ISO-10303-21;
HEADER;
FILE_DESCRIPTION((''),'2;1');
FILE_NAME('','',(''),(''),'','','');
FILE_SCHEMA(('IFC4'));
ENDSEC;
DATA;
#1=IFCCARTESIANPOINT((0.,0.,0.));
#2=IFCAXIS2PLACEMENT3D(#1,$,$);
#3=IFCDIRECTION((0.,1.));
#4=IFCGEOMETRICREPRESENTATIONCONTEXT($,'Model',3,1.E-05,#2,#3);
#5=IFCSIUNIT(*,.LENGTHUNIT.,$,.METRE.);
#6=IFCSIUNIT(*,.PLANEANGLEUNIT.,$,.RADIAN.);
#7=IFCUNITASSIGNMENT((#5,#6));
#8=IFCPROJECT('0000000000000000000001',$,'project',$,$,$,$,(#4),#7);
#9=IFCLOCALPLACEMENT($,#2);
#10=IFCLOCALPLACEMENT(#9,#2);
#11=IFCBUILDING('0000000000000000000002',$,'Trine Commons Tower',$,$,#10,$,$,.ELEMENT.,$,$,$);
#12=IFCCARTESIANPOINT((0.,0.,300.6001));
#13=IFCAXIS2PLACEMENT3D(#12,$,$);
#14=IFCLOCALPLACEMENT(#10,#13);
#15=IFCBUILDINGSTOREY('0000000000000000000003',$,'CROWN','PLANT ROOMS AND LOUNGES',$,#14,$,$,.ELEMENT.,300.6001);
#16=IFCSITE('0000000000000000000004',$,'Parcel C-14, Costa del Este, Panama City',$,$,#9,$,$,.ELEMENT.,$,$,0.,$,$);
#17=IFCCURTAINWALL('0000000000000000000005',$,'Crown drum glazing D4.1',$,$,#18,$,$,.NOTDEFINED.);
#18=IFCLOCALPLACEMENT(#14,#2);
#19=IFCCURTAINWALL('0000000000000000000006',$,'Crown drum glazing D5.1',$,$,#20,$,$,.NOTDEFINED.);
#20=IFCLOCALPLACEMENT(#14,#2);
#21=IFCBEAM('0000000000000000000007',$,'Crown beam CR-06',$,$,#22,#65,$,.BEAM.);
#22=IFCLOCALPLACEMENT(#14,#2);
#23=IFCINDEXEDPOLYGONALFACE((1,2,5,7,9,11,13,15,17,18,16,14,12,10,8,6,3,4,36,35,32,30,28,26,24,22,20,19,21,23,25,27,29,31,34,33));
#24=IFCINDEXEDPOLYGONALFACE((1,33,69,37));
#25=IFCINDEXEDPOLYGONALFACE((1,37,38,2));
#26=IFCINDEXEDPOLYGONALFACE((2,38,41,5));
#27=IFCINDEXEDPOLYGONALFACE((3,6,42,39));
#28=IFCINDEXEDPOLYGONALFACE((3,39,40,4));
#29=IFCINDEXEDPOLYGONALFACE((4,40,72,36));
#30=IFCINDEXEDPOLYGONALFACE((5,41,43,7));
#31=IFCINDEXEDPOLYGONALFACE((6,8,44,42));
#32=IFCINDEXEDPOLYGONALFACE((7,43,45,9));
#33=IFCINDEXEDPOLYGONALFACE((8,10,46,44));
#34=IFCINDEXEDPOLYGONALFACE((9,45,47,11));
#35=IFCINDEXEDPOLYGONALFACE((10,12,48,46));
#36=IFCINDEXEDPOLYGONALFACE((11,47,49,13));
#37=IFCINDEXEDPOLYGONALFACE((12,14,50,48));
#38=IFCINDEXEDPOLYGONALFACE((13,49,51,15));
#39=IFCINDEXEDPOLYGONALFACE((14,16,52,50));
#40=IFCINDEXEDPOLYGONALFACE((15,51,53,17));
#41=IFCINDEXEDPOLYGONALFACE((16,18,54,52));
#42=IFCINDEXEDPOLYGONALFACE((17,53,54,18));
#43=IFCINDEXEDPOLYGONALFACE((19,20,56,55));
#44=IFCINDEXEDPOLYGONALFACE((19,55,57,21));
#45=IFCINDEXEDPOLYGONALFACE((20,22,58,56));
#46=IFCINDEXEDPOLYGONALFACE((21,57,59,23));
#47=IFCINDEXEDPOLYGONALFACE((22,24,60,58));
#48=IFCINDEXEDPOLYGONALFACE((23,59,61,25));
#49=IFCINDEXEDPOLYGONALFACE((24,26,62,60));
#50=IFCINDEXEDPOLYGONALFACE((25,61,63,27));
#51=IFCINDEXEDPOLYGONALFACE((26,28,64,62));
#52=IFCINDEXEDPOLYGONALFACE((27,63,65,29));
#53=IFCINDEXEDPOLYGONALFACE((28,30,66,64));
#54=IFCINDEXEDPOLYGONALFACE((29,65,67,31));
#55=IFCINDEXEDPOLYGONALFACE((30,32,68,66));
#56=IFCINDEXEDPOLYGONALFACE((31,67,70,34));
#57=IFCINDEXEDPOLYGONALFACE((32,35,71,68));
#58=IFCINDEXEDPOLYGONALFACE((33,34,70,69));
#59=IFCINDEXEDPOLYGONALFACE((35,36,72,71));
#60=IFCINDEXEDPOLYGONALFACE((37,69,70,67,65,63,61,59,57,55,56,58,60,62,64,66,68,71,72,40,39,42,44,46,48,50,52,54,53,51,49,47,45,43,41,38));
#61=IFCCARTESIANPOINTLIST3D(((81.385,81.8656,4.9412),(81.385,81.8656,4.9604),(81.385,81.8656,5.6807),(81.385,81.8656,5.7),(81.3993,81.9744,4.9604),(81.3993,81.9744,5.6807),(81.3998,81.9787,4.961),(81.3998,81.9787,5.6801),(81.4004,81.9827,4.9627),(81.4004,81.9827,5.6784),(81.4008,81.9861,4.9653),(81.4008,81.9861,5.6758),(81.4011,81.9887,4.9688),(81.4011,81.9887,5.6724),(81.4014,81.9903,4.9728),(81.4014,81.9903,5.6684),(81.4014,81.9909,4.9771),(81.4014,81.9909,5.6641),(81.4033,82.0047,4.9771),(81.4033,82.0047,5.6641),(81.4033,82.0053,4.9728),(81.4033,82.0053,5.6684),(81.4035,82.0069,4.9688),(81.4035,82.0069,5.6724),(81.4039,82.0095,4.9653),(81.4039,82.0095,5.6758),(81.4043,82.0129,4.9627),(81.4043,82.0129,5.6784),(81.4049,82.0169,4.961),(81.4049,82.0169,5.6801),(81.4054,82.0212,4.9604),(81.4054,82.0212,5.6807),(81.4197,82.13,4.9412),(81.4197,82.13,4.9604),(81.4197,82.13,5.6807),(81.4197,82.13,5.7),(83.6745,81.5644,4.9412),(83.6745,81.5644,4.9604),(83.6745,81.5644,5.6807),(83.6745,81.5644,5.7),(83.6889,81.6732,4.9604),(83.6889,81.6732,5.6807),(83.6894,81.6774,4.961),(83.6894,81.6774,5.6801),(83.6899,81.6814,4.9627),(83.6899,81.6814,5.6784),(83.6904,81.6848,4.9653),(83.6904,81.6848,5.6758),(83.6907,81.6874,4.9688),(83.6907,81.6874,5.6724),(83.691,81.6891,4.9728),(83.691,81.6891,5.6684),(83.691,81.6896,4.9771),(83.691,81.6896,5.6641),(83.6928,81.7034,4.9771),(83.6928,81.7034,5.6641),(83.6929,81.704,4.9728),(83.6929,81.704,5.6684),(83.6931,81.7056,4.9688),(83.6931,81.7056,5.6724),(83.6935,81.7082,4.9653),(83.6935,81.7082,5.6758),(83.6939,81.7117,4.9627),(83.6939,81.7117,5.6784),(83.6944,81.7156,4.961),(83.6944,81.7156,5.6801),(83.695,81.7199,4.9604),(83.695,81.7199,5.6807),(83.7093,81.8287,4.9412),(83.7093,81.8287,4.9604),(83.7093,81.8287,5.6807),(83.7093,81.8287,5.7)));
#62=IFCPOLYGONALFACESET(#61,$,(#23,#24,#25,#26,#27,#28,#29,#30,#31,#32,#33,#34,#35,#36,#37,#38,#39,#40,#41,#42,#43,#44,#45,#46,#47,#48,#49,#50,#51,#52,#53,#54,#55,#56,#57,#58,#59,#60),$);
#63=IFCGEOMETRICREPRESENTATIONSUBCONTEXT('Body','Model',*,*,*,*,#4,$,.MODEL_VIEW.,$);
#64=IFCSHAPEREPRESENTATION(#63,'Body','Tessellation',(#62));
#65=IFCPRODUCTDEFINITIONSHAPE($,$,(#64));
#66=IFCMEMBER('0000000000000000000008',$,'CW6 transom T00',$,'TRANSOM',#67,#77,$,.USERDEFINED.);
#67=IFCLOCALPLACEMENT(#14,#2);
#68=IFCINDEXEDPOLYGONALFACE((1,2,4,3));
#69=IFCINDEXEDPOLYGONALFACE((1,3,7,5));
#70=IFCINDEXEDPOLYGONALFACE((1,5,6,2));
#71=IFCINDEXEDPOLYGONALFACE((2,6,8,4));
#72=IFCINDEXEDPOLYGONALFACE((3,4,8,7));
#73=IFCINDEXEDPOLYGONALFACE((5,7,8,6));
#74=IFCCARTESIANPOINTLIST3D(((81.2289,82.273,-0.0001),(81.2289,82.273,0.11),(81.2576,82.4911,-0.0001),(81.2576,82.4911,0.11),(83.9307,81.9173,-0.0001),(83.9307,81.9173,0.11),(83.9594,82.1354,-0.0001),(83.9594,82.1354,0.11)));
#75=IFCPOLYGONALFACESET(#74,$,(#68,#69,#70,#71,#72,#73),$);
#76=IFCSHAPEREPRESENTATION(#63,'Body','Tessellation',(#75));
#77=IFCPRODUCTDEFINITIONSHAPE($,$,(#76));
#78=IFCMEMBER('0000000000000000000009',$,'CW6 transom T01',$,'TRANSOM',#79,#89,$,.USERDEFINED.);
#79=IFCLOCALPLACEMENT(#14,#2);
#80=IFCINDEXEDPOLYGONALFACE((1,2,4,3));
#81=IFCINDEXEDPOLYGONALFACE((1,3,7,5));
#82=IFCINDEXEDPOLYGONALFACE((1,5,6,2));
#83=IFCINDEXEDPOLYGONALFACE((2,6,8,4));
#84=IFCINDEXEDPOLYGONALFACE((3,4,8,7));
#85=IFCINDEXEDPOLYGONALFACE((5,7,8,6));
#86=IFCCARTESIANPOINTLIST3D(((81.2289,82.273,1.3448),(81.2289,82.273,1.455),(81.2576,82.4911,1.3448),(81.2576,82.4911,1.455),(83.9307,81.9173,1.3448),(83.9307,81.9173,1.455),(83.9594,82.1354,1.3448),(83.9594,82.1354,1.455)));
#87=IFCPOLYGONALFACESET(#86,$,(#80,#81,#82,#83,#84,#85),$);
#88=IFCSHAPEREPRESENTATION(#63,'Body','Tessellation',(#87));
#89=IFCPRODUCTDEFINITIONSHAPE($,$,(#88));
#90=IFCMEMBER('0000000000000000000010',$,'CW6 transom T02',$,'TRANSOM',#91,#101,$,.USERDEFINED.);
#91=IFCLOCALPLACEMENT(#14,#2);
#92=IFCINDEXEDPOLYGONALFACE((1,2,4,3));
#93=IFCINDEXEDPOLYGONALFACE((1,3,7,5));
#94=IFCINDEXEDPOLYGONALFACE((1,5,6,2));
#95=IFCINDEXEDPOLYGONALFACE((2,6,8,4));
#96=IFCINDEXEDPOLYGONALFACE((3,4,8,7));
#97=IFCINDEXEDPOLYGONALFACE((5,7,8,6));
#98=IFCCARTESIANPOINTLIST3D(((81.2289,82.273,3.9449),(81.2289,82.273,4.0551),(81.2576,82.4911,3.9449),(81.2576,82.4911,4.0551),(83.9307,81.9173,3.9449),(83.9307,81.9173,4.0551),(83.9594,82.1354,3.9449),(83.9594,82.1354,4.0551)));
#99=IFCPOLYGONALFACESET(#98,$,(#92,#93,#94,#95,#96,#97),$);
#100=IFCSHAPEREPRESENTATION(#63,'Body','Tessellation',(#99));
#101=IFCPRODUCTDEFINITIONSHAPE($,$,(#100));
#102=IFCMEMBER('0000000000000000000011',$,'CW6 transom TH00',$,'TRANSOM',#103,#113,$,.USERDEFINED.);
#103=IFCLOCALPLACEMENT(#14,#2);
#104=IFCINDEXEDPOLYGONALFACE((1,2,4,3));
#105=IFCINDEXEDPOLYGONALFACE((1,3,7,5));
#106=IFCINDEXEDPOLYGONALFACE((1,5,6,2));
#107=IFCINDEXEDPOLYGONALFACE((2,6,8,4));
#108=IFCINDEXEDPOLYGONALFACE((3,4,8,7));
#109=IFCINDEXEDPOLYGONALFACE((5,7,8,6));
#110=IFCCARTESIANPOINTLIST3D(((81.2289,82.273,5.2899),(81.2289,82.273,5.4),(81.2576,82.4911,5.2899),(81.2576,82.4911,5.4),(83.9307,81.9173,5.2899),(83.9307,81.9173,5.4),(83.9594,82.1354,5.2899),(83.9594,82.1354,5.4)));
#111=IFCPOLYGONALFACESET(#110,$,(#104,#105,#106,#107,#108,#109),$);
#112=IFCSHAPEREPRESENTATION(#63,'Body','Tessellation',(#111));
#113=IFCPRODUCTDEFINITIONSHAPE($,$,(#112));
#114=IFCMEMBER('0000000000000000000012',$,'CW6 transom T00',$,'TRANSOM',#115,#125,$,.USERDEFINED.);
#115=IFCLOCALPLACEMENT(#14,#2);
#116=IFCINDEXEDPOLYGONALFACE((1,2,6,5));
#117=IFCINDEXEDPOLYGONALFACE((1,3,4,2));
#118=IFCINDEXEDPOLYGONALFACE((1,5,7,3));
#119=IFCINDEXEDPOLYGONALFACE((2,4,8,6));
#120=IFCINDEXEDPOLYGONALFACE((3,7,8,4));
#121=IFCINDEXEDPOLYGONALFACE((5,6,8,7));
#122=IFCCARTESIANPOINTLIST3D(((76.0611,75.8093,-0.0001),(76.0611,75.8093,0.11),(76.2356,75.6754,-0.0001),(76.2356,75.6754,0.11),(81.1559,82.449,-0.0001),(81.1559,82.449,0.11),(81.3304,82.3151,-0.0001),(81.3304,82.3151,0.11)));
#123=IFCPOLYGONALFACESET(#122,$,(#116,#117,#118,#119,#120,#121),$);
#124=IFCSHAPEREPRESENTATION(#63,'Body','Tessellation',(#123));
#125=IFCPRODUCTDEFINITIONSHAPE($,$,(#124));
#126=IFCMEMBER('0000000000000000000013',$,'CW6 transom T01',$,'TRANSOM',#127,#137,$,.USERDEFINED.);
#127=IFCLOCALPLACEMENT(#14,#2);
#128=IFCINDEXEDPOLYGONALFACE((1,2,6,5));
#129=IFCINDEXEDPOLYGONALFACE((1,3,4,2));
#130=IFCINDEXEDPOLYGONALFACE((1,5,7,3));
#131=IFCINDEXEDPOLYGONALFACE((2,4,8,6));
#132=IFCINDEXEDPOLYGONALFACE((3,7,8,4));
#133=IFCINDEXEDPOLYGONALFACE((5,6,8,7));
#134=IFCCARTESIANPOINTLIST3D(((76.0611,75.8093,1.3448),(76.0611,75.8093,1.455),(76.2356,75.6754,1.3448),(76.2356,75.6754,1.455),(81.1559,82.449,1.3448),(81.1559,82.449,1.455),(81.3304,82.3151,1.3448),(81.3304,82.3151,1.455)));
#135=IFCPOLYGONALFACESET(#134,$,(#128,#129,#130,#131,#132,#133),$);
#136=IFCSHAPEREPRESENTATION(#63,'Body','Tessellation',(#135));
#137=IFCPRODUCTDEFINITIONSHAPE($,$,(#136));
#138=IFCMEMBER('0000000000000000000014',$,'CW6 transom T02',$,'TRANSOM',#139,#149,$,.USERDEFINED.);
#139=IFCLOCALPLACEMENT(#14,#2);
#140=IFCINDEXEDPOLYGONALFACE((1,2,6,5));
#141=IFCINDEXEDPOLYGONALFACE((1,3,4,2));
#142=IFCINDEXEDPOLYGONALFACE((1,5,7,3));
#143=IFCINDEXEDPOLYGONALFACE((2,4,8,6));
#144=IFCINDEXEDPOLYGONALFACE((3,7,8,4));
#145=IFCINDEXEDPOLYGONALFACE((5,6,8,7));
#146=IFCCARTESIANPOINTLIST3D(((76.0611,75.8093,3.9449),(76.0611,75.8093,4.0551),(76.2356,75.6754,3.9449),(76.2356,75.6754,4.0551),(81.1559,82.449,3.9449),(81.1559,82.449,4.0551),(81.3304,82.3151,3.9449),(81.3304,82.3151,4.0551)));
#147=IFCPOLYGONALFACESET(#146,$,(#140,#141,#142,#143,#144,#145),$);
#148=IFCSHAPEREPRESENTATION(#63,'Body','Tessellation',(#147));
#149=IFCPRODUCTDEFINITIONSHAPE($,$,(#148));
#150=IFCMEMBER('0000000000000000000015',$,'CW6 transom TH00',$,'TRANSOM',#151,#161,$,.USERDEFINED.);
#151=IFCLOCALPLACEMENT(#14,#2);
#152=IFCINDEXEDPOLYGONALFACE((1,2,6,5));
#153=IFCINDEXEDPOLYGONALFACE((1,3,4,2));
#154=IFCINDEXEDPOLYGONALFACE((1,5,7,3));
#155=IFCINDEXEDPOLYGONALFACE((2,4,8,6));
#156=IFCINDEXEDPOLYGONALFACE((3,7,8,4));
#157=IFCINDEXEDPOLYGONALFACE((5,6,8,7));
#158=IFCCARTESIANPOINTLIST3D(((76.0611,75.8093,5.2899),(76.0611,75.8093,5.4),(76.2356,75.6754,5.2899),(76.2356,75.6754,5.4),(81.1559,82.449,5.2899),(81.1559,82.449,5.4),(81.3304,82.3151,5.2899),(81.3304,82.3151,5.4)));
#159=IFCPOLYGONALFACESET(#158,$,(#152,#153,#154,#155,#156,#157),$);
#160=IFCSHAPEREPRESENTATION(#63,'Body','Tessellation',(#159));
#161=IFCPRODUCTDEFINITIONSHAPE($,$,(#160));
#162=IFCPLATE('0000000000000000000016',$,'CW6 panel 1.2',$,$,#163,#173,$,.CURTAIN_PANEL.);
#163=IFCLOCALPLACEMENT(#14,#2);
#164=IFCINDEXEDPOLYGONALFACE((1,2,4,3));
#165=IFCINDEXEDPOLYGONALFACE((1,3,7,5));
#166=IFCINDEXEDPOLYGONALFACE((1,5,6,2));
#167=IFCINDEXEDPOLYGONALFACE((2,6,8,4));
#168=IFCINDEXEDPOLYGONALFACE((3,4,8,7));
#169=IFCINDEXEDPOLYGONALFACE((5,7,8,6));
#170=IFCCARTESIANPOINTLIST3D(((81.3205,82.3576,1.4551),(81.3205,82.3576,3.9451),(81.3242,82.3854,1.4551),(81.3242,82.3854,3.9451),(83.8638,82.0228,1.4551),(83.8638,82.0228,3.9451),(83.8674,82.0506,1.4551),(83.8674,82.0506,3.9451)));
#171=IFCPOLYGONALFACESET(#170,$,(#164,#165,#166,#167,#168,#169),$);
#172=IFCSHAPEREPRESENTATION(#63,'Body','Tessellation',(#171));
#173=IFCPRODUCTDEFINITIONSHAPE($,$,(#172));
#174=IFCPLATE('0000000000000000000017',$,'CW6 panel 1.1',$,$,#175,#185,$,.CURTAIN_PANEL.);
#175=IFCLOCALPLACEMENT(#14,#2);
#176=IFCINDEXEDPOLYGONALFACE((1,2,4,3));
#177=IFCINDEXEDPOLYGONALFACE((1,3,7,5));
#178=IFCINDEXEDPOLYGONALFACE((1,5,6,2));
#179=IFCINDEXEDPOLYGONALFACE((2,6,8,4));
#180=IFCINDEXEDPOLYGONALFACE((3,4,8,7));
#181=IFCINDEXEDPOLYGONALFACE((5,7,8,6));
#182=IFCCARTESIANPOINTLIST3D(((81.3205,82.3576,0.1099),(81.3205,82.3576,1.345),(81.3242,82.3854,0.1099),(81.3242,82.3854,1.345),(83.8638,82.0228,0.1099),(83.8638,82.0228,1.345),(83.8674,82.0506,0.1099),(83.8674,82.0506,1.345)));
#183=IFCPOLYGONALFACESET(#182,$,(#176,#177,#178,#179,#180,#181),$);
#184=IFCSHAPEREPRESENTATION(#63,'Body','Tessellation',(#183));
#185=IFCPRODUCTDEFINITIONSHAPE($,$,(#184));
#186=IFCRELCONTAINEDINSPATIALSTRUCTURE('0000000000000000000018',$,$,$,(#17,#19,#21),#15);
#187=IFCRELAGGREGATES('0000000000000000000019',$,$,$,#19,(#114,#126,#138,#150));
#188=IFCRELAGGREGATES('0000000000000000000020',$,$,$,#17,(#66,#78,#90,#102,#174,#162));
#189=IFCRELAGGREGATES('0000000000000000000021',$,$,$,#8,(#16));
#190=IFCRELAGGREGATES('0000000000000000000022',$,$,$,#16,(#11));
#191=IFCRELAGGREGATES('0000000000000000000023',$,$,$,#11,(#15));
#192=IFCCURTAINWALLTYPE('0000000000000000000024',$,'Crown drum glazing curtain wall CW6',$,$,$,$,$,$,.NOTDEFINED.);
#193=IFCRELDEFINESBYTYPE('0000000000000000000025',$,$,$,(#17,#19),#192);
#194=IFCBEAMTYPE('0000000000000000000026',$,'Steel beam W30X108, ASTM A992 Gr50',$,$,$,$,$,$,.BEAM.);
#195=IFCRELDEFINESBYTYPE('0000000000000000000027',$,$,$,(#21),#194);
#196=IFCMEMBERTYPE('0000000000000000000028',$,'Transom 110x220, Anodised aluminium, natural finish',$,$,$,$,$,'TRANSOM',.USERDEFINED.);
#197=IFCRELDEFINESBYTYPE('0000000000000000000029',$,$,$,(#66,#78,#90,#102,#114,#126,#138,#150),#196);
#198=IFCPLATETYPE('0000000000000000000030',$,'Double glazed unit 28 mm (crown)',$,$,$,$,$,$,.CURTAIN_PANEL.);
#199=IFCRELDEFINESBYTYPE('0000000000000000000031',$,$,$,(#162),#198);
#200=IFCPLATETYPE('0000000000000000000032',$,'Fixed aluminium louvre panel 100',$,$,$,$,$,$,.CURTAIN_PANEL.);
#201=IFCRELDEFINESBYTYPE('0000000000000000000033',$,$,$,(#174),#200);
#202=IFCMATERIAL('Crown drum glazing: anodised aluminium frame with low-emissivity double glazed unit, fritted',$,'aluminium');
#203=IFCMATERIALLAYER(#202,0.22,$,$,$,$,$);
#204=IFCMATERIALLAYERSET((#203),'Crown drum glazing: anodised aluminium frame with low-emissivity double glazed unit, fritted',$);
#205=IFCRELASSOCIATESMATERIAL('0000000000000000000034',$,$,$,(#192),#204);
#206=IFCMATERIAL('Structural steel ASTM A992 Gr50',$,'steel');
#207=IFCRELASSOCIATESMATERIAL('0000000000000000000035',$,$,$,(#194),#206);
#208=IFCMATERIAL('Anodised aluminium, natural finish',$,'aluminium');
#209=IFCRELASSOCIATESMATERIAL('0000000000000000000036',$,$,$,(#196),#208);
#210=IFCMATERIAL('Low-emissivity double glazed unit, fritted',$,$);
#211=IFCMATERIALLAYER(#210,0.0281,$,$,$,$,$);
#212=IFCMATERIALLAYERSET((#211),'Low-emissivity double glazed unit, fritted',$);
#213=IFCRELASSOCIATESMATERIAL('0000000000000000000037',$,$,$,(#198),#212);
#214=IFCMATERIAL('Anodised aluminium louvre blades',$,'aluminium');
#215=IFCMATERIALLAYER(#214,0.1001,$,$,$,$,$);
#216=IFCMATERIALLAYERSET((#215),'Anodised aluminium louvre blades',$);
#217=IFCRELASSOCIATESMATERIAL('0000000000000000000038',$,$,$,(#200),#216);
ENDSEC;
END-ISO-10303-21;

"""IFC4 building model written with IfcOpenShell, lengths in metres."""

from ifc_helpers import new_model, si_unit, direction, frame, origin, origin_2d, place, context, subcontext, project, spatial, rectangle, i_section, extrude, material, layer, layer_set, material_profile, profile_set, type_object, element, aggregate, save


model = new_model("IFC4")

# Units and contexts
model_context = context("Model", 3, precision=1e-05, world=origin(), true_north=direction((0.0, 1.0)))
body_context = subcontext(model_context, "Body", "Model", "MODEL_VIEW")
ifc_project = project(units=[si_unit("LENGTHUNIT", "METRE"), si_unit("PLANEANGLEUNIT", "RADIAN")], contexts=[model_context])

# Site, building, storey
site_placement = place(None, origin())
site = spatial("IfcSite", under=ifc_project, at=site_placement, Name="Parcel C-14, Costa del Este, Panama City", CompositionType="ELEMENT", RefElevation=0.0)
building_placement = place(site_placement, origin())
building = spatial("IfcBuilding", under=site, at=building_placement, Name="Trine Commons Tower", CompositionType="ELEMENT")
storey_placement = place(building_placement, frame((0.0, 0.0, 300.6001)))
storey = spatial("IfcBuildingStorey", under=building, at=storey_placement, Name="CROWN", Description="PLANT ROOMS AND LOUNGES", CompositionType="ELEMENT", Elevation=300.6001)

# Shared definitions
ifc_material_1 = material(Name="Structural steel ASTM A992 Gr50", Category="steel")

# Shared definitions
ifc_material_2 = material(Name="Crown drum glazing: anodised aluminium frame with low-emissivity double glazed unit, fritted", Category="aluminium")
ifc_layer_1 = layer(ifc_material_2, 0.22)
ifc_layer_set_1 = layer_set([ifc_layer_1], Name="Crown drum glazing: anodised aluminium frame with low-emissivity double glazed unit, fritted")
curtain_wall_type = type_object("IfcCurtainWallType", Name="Crown drum glazing curtain wall CW6", PredefinedType="NOTDEFINED", material=ifc_layer_set_1)
ifc_material_3 = material(Name="Anodised aluminium, natural finish", Category="aluminium")

# Curtain walls
curtain_wall_1_placement = place(storey_placement, origin())
curtain_wall_1 = element("IfcCurtainWall", 1, at=curtain_wall_1_placement, inside=storey, type_object=curtain_wall_type, Name="Crown drum glazing D4.1", PredefinedType="NOTDEFINED")
curtain_wall_2_placement = place(storey_placement, origin())
curtain_wall_2 = element("IfcCurtainWall", 2, at=curtain_wall_2_placement, inside=storey, type_object=curtain_wall_type, Name="Crown drum glazing D5.1", PredefinedType="NOTDEFINED")

# Beam
ifc_material_profile_1 = material_profile(ifc_material_1, i_section(OverallWidth=0.2666, OverallDepth=0.7588, WebThickness=0.0139, FlangeThickness=0.0193, FilletRadius=0.0166, at=origin_2d()), Name="W30X108")
ifc_profile_set_1 = profile_set([ifc_material_profile_1], Name="Structural steel ASTM A992 Gr50")
beam_type_1 = type_object("IfcBeamType", Name="Steel beam W30X108, ASTM A992 Gr50", PredefinedType="BEAM", material=ifc_profile_set_1)
beam_1_placement = place(storey_placement, frame((81.4023, 81.9978, 5.3206), z_axis=(0.991454, -0.13046, 0.0), x_axis=(0.13046, 0.991454, 0.0)))
element("IfcBeam", 3, at=beam_1_placement, inside=storey, type_object=beam_type_1, Name="Crown beam CR-06", PredefinedType="BEAM", context=body_context, shape_type="SweptSolid", body=[
    extrude(i_section(OverallWidth=0.2666, OverallDepth=0.7588, WebThickness=0.0139, FlangeThickness=0.0193, FilletRadius=0.0166, at=origin_2d()), origin(), (0.0, 0.0, 1.0), 2.3093),
])

# Members
ifc_material_profile_2 = material_profile(ifc_material_3, rectangle(XDim=0.22, YDim=0.1101, at=origin_2d()), Name="Transom 110x220")
ifc_profile_set_2 = profile_set([ifc_material_profile_2], Name="Anodised aluminium, natural finish")
member_type_1 = type_object("IfcMemberType", Name="Transom 110x220, Anodised aluminium, natural finish", ElementType="TRANSOM", PredefinedType="USERDEFINED", material=ifc_profile_set_2)
member_1_placement = place(storey_placement, frame((83.9451, 82.0264, 0.0549), z_axis=(-0.991445, 0.130526, 0.0), x_axis=(-0.130526, -0.991445, 0.0)))
member_1 = element("IfcMember", 4, at=member_1_placement, type_object=member_type_1, Name="CW6 transom T00", ObjectType="TRANSOM", PredefinedType="USERDEFINED", context=body_context, shape_type="SweptSolid", body=[
    extrude(rectangle(XDim=0.22, YDim=0.1101, at=origin_2d()), origin(), (0.0, 0.0, 1.0), 2.7251),
])
member_2_placement = place(storey_placement, frame((83.9451, 82.0264, 1.3999), z_axis=(-0.991445, 0.130526, 0.0), x_axis=(-0.130526, -0.991445, 0.0)))
member_2 = element("IfcMember", 5, at=member_2_placement, type_object=member_type_1, Name="CW6 transom T01", ObjectType="TRANSOM", PredefinedType="USERDEFINED", context=body_context, shape_type="SweptSolid", body=[
    extrude(rectangle(XDim=0.22, YDim=0.1101, at=origin_2d()), origin(), (0.0, 0.0, 1.0), 2.7251),
])
member_3_placement = place(storey_placement, frame((83.9451, 82.0264, 4.0), z_axis=(-0.991445, 0.130526, 0.0), x_axis=(-0.130526, -0.991445, 0.0)))
member_3 = element("IfcMember", 6, at=member_3_placement, type_object=member_type_1, Name="CW6 transom T02", ObjectType="TRANSOM", PredefinedType="USERDEFINED", context=body_context, shape_type="SweptSolid", body=[
    extrude(rectangle(XDim=0.22, YDim=0.1101, at=origin_2d()), origin(), (0.0, 0.0, 1.0), 2.7251),
])
member_4_placement = place(storey_placement, frame((83.9451, 82.0264, 5.345), z_axis=(-0.991445, 0.130526, 0.0), x_axis=(-0.130526, -0.991445, 0.0)))
member_4 = element("IfcMember", 7, at=member_4_placement, type_object=member_type_1, Name="CW6 transom TH00", ObjectType="TRANSOM", PredefinedType="USERDEFINED", context=body_context, shape_type="SweptSolid", body=[
    extrude(rectangle(XDim=0.22, YDim=0.1101, at=origin_2d()), origin(), (0.0, 0.0, 1.0), 2.7251),
])
member_5_placement = place(storey_placement, frame((81.2432, 82.3821, 0.0549), z_axis=(-0.608757, -0.793357, 0.0), x_axis=(0.793357, -0.608757, 0.0)))
member_5 = element("IfcMember", 8, at=member_5_placement, type_object=member_type_1, Name="CW6 transom T00", ObjectType="TRANSOM", PredefinedType="USERDEFINED", context=body_context, shape_type="SweptSolid", body=[
    extrude(rectangle(XDim=0.22, YDim=0.1101, at=origin_2d()), origin(), (0.0, 0.0, 1.0), 8.3691),
])
member_6_placement = place(storey_placement, frame((81.2432, 82.3821, 1.3999), z_axis=(-0.608757, -0.793357, 0.0), x_axis=(0.793357, -0.608757, 0.0)))
member_6 = element("IfcMember", 9, at=member_6_placement, type_object=member_type_1, Name="CW6 transom T01", ObjectType="TRANSOM", PredefinedType="USERDEFINED", context=body_context, shape_type="SweptSolid", body=[
    extrude(rectangle(XDim=0.22, YDim=0.1101, at=origin_2d()), origin(), (0.0, 0.0, 1.0), 8.3691),
])
member_7_placement = place(storey_placement, frame((81.2432, 82.3821, 4.0), z_axis=(-0.608757, -0.793357, 0.0), x_axis=(0.793357, -0.608757, 0.0)))
member_7 = element("IfcMember", 10, at=member_7_placement, type_object=member_type_1, Name="CW6 transom T02", ObjectType="TRANSOM", PredefinedType="USERDEFINED", context=body_context, shape_type="SweptSolid", body=[
    extrude(rectangle(XDim=0.22, YDim=0.1101, at=origin_2d()), origin(), (0.0, 0.0, 1.0), 8.3691),
])
member_8_placement = place(storey_placement, frame((81.2432, 82.3821, 5.345), z_axis=(-0.608757, -0.793357, 0.0), x_axis=(0.793357, -0.608757, 0.0)))
member_8 = element("IfcMember", 11, at=member_8_placement, type_object=member_type_1, Name="CW6 transom TH00", ObjectType="TRANSOM", PredefinedType="USERDEFINED", context=body_context, shape_type="SweptSolid", body=[
    extrude(rectangle(XDim=0.22, YDim=0.1101, at=origin_2d()), origin(), (0.0, 0.0, 1.0), 8.3691),
])
aggregate(curtain_wall_2, [member_5, member_6, member_7, member_8])

# Plates
ifc_material_4 = material(Name="Low-emissivity double glazed unit, fritted")
ifc_layer_2 = layer(ifc_material_4, 0.0281)
ifc_layer_set_2 = layer_set([ifc_layer_2], Name="Low-emissivity double glazed unit, fritted")
plate_type_1 = type_object("IfcPlateType", Name="Double glazed unit 28 mm (crown)", PredefinedType="CURTAIN_PANEL", material=ifc_layer_set_2)
plate_1_placement = place(storey_placement, frame((82.594, 82.2041, 1.4551), z_axis=(0.0, 0.0, 1.0), x_axis=(-0.991445, 0.130526, 0.0)))
plate_1 = element("IfcPlate", 12, at=plate_1_placement, type_object=plate_type_1, Name="CW6 panel 1.2", PredefinedType="CURTAIN_PANEL", context=body_context, shape_type="SweptSolid", body=[
    extrude(rectangle(XDim=2.5652, YDim=0.0281, at=origin_2d()), origin(), (0.0, 0.0, 1.0), 2.49),
])
ifc_material_5 = material(Name="Anodised aluminium louvre blades", Category="aluminium")
ifc_layer_3 = layer(ifc_material_5, 0.1001)
ifc_layer_set_3 = layer_set([ifc_layer_3], Name="Anodised aluminium louvre blades")
plate_type_2 = type_object("IfcPlateType", Name="Fixed aluminium louvre panel 100", PredefinedType="CURTAIN_PANEL", material=ifc_layer_set_3)
plate_2_placement = place(storey_placement, frame((82.594, 82.2041, 0.1099), z_axis=(0.0, 0.0, 1.0), x_axis=(-0.991445, 0.130526, 0.0)))
plate_2 = element("IfcPlate", 13, at=plate_2_placement, type_object=plate_type_2, Name="CW6 panel 1.1", PredefinedType="CURTAIN_PANEL", context=body_context, shape_type="SweptSolid", body=[
    extrude(rectangle(XDim=2.5652, YDim=0.0281, at=origin_2d()), origin(), (0.0, 0.0, 1.0), 1.2351),
])
aggregate(curtain_wall_1, [member_1, member_2, member_3, member_4, plate_2, plate_1])

save(model, "model.ifc")
